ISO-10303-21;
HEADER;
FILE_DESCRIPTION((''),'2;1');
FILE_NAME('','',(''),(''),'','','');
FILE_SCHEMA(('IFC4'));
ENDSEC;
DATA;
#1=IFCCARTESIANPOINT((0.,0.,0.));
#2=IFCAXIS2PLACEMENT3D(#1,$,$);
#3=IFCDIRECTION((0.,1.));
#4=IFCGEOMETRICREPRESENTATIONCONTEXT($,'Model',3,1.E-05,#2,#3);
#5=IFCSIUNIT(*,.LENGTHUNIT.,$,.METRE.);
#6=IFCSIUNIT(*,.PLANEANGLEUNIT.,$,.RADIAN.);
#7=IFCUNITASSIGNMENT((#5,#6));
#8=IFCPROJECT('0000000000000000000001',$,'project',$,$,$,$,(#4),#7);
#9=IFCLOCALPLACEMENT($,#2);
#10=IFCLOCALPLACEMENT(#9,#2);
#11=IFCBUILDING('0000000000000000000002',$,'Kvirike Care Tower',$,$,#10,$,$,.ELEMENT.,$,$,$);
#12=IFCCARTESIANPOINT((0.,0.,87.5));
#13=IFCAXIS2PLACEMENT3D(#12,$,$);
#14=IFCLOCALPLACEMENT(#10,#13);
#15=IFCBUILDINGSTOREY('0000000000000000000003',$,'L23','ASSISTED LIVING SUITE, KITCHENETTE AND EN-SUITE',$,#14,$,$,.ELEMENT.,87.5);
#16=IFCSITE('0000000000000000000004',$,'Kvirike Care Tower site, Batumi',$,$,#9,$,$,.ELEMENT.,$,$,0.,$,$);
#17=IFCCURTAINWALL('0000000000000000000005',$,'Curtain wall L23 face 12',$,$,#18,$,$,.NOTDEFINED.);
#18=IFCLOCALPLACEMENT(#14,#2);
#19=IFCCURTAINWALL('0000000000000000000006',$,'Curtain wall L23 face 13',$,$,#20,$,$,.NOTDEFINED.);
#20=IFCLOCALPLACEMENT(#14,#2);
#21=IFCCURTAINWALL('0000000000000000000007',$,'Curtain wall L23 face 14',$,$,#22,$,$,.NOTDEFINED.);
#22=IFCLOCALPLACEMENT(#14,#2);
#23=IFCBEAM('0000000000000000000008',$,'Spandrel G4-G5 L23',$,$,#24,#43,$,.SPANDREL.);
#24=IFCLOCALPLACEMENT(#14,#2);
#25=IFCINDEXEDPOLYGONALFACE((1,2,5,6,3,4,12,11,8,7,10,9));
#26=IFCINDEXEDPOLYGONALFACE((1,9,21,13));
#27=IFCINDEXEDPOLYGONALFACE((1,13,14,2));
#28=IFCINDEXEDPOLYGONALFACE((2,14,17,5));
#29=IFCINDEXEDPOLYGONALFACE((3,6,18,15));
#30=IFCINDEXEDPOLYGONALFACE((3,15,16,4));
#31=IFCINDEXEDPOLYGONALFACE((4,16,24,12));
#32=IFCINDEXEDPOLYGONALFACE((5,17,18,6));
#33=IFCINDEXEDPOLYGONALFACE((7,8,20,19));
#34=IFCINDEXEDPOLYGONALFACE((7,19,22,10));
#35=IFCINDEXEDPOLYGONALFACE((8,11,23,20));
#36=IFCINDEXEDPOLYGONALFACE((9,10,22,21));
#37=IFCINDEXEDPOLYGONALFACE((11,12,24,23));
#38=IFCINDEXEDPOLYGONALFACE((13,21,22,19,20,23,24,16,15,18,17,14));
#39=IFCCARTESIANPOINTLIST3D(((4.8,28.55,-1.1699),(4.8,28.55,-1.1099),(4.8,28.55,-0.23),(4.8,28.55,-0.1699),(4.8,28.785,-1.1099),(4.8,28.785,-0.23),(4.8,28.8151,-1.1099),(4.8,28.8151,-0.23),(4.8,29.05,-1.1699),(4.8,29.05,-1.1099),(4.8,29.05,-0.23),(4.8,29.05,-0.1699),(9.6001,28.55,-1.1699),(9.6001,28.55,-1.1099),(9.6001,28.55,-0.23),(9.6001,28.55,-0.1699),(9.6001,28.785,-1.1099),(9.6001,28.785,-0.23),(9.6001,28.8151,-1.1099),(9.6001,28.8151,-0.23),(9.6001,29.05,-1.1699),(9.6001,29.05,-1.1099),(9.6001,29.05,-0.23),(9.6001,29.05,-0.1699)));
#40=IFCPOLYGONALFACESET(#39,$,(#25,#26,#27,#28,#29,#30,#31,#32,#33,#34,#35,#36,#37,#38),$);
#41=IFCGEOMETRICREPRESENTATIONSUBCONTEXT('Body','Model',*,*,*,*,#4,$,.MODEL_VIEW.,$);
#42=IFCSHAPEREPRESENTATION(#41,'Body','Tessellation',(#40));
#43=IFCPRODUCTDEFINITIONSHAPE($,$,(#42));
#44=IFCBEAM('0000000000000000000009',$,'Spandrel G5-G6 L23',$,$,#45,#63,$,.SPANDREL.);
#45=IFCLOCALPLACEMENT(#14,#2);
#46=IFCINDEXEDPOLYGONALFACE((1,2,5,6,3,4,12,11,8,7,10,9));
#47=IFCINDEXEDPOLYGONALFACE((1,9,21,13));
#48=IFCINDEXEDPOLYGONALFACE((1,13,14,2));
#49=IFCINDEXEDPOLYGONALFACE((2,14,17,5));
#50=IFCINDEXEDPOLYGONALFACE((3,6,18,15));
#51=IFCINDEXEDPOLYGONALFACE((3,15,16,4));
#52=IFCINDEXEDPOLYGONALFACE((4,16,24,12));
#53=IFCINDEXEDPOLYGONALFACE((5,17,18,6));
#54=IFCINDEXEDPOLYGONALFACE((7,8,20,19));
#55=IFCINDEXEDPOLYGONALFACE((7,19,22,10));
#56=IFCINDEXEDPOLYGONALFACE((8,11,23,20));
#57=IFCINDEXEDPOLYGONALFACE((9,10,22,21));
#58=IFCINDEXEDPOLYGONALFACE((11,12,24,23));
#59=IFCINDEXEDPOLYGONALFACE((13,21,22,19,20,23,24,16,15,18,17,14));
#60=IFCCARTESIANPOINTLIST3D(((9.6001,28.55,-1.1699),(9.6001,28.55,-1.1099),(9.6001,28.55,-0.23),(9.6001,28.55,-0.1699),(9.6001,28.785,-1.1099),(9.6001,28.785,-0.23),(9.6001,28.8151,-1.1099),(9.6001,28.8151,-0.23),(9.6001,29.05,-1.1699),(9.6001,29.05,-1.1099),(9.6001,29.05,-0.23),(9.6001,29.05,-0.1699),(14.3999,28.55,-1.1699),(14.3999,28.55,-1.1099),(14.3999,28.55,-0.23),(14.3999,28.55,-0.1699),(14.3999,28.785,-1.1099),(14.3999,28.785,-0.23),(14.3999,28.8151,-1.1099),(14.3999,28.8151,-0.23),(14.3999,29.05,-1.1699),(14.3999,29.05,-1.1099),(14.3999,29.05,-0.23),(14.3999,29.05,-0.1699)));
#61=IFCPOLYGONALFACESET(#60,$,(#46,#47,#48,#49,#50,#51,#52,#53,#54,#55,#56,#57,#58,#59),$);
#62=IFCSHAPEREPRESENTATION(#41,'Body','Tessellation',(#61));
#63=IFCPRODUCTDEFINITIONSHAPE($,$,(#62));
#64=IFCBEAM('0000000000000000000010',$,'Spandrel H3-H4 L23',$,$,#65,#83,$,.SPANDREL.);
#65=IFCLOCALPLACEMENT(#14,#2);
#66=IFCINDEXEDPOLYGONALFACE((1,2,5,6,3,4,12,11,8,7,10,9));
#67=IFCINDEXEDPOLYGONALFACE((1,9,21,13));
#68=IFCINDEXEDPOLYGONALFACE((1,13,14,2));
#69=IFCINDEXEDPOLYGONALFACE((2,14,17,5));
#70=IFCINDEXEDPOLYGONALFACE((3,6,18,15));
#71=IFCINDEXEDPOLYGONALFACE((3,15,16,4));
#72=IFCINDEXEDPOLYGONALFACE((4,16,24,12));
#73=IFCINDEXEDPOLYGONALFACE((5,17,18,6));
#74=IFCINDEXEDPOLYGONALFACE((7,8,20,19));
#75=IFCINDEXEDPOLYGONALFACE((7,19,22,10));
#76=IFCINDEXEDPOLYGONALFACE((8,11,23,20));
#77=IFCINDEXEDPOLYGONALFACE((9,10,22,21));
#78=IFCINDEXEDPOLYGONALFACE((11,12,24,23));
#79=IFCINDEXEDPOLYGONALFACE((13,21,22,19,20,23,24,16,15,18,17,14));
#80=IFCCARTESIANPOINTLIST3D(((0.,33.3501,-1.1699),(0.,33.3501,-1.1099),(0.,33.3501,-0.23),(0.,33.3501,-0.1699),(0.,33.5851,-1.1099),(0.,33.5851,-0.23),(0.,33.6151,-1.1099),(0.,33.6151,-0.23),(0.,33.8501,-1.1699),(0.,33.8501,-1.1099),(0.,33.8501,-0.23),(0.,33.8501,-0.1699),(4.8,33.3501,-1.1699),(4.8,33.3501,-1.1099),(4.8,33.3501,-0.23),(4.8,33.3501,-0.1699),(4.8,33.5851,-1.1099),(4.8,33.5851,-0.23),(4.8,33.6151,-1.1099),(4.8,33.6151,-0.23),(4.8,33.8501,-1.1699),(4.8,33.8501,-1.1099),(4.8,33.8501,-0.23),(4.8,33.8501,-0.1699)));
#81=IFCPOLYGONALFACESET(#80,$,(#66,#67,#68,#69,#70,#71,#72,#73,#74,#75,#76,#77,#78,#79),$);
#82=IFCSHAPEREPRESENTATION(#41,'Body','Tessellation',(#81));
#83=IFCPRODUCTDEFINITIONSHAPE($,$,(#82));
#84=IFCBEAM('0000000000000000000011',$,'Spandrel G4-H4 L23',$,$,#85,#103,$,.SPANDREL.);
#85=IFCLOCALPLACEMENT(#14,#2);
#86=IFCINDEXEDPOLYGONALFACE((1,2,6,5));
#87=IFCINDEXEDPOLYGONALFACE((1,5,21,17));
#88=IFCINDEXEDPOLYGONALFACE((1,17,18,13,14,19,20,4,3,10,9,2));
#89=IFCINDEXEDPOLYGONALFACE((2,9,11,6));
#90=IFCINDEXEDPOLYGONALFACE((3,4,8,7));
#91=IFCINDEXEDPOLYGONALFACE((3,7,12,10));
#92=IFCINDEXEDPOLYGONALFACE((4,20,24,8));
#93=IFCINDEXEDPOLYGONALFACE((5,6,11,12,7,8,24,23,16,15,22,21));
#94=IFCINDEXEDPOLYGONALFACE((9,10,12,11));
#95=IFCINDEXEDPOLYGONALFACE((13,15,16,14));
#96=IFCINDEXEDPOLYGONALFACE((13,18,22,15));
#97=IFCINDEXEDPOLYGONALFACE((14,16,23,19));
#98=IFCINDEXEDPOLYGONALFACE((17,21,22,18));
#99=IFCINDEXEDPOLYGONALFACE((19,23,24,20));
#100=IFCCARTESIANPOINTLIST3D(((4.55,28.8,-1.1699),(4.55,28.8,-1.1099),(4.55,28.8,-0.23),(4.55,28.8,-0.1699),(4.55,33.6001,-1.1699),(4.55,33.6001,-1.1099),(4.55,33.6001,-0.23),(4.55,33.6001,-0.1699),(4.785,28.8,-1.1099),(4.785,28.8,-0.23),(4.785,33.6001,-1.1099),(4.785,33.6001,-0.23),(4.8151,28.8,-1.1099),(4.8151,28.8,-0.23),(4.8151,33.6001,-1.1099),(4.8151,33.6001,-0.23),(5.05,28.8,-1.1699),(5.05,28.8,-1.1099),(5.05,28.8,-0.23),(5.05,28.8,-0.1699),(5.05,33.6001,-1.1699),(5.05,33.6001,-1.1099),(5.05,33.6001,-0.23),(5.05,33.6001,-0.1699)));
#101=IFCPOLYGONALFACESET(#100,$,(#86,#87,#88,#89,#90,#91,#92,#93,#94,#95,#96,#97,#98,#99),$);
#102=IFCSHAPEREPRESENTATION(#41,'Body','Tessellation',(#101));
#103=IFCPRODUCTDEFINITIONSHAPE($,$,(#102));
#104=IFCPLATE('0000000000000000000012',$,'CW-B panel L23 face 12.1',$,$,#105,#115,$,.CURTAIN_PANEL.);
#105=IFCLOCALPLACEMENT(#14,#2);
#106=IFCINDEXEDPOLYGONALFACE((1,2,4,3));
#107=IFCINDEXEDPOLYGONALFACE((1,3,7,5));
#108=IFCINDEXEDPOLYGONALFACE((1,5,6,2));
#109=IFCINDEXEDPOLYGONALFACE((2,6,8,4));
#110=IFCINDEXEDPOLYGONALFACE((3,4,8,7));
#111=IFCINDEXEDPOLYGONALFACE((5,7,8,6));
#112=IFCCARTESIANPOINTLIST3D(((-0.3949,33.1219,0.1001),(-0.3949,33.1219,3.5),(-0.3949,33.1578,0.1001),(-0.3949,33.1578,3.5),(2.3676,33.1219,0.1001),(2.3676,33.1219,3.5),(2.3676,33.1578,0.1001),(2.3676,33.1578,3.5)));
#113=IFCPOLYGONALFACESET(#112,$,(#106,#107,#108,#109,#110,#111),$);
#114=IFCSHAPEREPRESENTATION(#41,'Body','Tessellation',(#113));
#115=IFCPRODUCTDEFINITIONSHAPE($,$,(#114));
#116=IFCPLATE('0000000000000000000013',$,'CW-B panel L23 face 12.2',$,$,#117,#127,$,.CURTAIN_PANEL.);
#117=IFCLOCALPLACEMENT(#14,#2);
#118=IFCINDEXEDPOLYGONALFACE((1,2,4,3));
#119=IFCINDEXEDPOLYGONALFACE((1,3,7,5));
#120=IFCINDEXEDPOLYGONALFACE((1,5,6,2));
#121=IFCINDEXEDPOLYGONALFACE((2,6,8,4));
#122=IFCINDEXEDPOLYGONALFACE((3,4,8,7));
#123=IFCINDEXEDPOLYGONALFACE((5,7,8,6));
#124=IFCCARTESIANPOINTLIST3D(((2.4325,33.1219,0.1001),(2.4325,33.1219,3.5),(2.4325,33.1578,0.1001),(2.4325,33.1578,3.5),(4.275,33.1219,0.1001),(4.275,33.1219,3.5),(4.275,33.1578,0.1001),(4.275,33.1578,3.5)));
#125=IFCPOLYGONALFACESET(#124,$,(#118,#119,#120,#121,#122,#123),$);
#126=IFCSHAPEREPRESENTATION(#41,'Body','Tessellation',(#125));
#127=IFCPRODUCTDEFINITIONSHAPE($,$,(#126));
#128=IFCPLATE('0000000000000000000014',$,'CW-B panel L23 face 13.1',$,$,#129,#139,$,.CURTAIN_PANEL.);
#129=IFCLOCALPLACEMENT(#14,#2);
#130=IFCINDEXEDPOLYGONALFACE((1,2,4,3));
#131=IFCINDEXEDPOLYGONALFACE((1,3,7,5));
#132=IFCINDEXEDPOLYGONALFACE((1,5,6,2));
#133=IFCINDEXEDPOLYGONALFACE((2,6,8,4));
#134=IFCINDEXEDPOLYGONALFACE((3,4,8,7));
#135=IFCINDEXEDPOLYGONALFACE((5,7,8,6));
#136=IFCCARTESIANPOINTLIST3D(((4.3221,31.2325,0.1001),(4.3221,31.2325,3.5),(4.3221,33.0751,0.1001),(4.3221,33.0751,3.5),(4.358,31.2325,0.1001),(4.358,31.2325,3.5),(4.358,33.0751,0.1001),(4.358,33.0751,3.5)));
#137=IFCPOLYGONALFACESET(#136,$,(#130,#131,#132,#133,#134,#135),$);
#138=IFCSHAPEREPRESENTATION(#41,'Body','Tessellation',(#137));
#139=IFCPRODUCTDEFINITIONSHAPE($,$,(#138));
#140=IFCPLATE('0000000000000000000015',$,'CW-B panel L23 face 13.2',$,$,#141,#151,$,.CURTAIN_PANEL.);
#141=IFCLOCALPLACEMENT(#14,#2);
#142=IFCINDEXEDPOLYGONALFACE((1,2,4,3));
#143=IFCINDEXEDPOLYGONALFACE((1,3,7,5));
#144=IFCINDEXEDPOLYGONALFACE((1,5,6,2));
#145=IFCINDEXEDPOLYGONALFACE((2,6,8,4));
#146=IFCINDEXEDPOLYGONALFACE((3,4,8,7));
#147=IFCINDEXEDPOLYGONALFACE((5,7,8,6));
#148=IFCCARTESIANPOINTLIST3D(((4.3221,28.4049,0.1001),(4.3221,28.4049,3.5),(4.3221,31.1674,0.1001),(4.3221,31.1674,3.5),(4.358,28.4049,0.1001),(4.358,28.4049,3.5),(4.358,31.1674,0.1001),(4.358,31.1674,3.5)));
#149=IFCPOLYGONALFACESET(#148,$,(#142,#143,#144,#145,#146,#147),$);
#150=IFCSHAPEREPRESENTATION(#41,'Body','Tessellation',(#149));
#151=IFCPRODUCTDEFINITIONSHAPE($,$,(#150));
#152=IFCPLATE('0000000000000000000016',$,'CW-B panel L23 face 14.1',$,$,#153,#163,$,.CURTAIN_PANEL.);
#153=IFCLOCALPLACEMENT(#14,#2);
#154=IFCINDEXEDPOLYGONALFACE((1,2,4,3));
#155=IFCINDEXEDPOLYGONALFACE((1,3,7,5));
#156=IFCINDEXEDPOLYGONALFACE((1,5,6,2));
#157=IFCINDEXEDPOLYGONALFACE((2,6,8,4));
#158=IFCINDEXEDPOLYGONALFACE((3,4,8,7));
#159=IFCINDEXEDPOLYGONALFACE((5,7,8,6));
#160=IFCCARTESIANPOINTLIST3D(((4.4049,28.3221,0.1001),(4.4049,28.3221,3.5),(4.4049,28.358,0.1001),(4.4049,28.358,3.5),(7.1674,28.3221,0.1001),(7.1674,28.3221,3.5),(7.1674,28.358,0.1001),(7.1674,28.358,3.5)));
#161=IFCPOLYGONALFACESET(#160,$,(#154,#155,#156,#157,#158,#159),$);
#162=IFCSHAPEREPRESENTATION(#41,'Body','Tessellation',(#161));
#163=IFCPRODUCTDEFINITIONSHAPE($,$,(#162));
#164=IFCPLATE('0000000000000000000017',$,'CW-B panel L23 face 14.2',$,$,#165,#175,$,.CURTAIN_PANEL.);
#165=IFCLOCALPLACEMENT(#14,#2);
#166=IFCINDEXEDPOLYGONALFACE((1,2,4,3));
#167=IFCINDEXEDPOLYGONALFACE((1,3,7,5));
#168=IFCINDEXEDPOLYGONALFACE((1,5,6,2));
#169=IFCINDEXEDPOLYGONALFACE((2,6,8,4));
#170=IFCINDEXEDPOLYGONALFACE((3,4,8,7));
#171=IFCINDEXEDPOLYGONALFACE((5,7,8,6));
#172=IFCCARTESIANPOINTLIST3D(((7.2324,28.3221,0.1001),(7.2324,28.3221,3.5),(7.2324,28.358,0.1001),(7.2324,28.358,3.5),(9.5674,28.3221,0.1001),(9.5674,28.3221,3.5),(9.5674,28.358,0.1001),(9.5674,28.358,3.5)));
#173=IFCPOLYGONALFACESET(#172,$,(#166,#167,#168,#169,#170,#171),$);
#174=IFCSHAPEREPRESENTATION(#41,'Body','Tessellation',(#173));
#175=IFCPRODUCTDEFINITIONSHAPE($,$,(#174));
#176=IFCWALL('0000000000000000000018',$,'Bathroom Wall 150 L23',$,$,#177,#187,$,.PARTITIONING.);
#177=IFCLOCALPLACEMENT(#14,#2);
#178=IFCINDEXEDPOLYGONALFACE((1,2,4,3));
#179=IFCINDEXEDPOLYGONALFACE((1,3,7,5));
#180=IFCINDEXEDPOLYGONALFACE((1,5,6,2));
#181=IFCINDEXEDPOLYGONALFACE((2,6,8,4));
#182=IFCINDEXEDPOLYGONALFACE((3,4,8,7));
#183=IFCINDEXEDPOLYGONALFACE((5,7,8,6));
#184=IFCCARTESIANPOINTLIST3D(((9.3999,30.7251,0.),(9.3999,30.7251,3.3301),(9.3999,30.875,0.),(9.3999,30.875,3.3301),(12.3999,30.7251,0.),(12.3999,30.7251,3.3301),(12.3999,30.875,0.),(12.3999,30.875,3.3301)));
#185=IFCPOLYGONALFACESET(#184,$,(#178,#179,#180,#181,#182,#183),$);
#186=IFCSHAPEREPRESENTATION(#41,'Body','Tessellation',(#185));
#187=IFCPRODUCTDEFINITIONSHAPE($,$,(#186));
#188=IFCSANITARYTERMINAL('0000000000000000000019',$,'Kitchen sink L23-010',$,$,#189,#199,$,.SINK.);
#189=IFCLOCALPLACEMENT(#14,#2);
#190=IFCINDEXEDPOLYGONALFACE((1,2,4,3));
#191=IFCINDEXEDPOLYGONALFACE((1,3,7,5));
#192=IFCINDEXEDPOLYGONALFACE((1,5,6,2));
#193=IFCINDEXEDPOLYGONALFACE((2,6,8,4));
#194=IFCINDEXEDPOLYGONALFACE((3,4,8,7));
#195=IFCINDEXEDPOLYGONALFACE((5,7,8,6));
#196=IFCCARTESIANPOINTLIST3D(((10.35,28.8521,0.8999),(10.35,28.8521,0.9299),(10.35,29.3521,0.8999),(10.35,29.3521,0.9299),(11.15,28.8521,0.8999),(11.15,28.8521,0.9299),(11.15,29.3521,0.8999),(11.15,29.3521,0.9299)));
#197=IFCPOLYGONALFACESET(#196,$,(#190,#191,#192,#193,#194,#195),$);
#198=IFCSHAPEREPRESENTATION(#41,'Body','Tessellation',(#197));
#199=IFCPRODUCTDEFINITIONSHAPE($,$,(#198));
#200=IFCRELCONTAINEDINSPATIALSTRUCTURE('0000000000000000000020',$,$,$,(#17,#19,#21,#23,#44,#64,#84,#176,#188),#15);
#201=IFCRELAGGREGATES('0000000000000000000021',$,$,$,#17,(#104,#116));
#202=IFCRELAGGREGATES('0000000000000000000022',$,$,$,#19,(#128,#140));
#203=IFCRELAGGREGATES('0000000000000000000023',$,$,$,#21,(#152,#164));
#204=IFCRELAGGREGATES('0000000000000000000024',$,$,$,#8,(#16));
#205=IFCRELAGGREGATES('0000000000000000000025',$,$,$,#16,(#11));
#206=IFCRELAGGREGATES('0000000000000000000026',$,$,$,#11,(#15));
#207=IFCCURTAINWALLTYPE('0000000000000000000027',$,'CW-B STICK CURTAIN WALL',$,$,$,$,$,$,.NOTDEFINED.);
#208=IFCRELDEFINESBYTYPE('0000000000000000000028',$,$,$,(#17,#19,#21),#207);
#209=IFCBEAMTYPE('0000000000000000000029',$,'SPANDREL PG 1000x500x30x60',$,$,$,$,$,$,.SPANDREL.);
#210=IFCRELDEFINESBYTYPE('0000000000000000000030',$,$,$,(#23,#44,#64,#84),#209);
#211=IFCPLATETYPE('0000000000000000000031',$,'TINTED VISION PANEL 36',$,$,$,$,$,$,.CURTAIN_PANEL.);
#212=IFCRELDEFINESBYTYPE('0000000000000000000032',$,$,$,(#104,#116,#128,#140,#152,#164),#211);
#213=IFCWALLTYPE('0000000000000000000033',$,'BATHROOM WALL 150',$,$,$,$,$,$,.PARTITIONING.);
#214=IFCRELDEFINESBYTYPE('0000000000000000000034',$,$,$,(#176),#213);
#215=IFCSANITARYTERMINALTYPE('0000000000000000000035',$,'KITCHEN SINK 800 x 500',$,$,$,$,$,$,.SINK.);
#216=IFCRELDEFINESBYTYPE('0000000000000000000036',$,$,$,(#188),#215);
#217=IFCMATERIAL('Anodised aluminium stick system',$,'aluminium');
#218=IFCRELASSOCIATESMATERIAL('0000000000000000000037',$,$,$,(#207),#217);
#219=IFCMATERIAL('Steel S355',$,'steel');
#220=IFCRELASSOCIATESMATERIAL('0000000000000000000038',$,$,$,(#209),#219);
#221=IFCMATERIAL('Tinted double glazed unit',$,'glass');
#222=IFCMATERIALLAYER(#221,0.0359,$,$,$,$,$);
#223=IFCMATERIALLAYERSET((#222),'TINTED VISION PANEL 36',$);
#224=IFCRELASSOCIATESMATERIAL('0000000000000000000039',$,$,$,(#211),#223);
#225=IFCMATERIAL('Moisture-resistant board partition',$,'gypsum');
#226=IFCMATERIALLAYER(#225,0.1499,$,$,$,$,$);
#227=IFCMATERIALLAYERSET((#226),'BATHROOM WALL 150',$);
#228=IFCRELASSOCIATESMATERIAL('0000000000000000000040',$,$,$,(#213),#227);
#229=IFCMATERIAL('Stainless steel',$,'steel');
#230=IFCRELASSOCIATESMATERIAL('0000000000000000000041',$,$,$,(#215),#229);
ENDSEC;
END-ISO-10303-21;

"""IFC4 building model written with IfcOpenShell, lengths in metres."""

from ifc_helpers import new_model, si_unit, direction, frame, frame_2d, origin, origin_2d, place, context, subcontext, project, spatial, rectangle, i_section, extrude, material, layer, layer_set, material_profile, profile_set, type_object, element, aggregate, save


model = new_model("IFC4")

# Units and contexts
model_context = context("Model", 3, precision=1e-05, world=origin(), true_north=direction((0.0, 1.0)))
body_context = subcontext(model_context, "Body", "Model", "MODEL_VIEW")
ifc_project = project(units=[si_unit("LENGTHUNIT", "METRE"), si_unit("PLANEANGLEUNIT", "RADIAN")], contexts=[model_context])

# Site, building, storey
site_placement = place(None, origin())
site = spatial("IfcSite", under=ifc_project, at=site_placement, Name="Kvirike Care Tower site, Batumi", CompositionType="ELEMENT", RefElevation=0.0)
building_placement = place(site_placement, origin())
building = spatial("IfcBuilding", under=site, at=building_placement, Name="Kvirike Care Tower", CompositionType="ELEMENT")
storey_placement = place(building_placement, frame((0.0, 0.0, 87.5)))
storey = spatial("IfcBuildingStorey", under=building, at=storey_placement, Name="L23", Description="ASSISTED LIVING SUITE, KITCHENETTE AND EN-SUITE", CompositionType="ELEMENT", Elevation=87.5)

# Curtain walls
ifc_material_1 = material(Name="Anodised aluminium stick system", Category="aluminium")
curtain_wall_type = type_object("IfcCurtainWallType", Name="CW-B STICK CURTAIN WALL", PredefinedType="NOTDEFINED", material=ifc_material_1)
curtain_wall_1_placement = place(storey_placement, origin())
curtain_wall_1 = element("IfcCurtainWall", 1, at=curtain_wall_1_placement, inside=storey, type_object=curtain_wall_type, Name="Curtain wall L23 face 12", PredefinedType="NOTDEFINED")
curtain_wall_2_placement = place(storey_placement, origin())
curtain_wall_2 = element("IfcCurtainWall", 2, at=curtain_wall_2_placement, inside=storey, type_object=curtain_wall_type, Name="Curtain wall L23 face 13", PredefinedType="NOTDEFINED")
curtain_wall_3_placement = place(storey_placement, origin())
curtain_wall_3 = element("IfcCurtainWall", 3, at=curtain_wall_3_placement, inside=storey, type_object=curtain_wall_type, Name="Curtain wall L23 face 14", PredefinedType="NOTDEFINED")

# Beams
ifc_material_2 = material(Name="Steel S355", Category="steel")
ifc_material_profile_1 = material_profile(ifc_material_2, i_section(OverallWidth=0.5, OverallDepth=1.0, WebThickness=0.03, FlangeThickness=0.0601, at=origin_2d()), Name="PG 1000x500x30x60")
ifc_profile_set_1 = profile_set([ifc_material_profile_1], Name="Steel S355")
beam_type_1 = type_object("IfcBeamType", Name="SPANDREL PG 1000x500x30x60", PredefinedType="SPANDREL", material=ifc_profile_set_1)
beam_1_placement = place(storey_placement, frame((4.8, 28.8, -0.6699), z_axis=(1.0, 0.0, 0.0), x_axis=(0.0, 1.0, 0.0)))
element("IfcBeam", 4, at=beam_1_placement, inside=storey, type_object=beam_type_1, Name="Spandrel G4-G5 L23", PredefinedType="SPANDREL", context=body_context, shape_type="SweptSolid", body=[
    extrude(i_section(OverallWidth=0.5, OverallDepth=1.0, WebThickness=0.03, FlangeThickness=0.0601, at=origin_2d()), origin(), (0.0, 0.0, 1.0), 4.8),
])
beam_2_placement = place(storey_placement, frame((9.6001, 28.8, -0.6699), z_axis=(1.0, 0.0, 0.0), x_axis=(0.0, 1.0, 0.0)))
element("IfcBeam", 5, at=beam_2_placement, inside=storey, type_object=beam_type_1, Name="Spandrel G5-G6 L23", PredefinedType="SPANDREL", context=body_context, shape_type="SweptSolid", body=[
    extrude(i_section(OverallWidth=0.5, OverallDepth=1.0, WebThickness=0.03, FlangeThickness=0.0601, at=origin_2d()), origin(), (0.0, 0.0, 1.0), 4.7998),
])
for number, where, z_axis, x_axis, name in (
    (6, (0.0, 33.6001, -0.6699), (1.0, 0.0, 0.0), (0.0, 1.0, 0.0), "Spandrel H3-H4 L23"),
    (7, (4.8, 28.8, -0.6699), (0.0, 1.0, 0.0), (-1.0, 0.0, 0.0), "Spandrel G4-H4 L23"),
):
    element("IfcBeam", number, at=place(storey_placement, frame(where, z_axis=z_axis, x_axis=x_axis)), inside=storey, type_object=beam_type_1, Name=name, PredefinedType="SPANDREL", context=body_context, shape_type="SweptSolid", body=[
        extrude(i_section(OverallWidth=0.5, OverallDepth=1.0, WebThickness=0.03, FlangeThickness=0.0601, at=origin_2d()), origin(), (0.0, 0.0, 1.0), 4.8),
    ])

# Plates
ifc_material_3 = material(Name="Tinted double glazed unit", Category="glass")
ifc_layer_1 = layer(ifc_material_3, 0.0359)
ifc_layer_set_1 = layer_set([ifc_layer_1], Name="TINTED VISION PANEL 36")
plate_type = type_object("IfcPlateType", Name="TINTED VISION PANEL 36", PredefinedType="CURTAIN_PANEL", material=ifc_layer_set_1)
plate_1_placement = place(storey_placement, frame((0.9863, 33.1399, 0.1001), z_axis=(0.0, 0.0, 1.0), x_axis=(1.0, 0.0, 0.0)))
plate_1 = element("IfcPlate", 8, at=plate_1_placement, type_object=plate_type, Name="CW-B panel L23 face 12.1", PredefinedType="CURTAIN_PANEL", context=body_context, shape_type="SweptSolid", body=[
    extrude(rectangle(XDim=2.7625, YDim=0.0359, at=origin_2d()), origin(), (0.0, 0.0, 1.0), 3.3999),
])
plate_2_placement = place(storey_placement, frame((3.3538, 33.1399, 0.1001), z_axis=(0.0, 0.0, 1.0), x_axis=(1.0, 0.0, 0.0)))
plate_2 = element("IfcPlate", 9, at=plate_2_placement, type_object=plate_type, Name="CW-B panel L23 face 12.2", PredefinedType="CURTAIN_PANEL", context=body_context, shape_type="SweptSolid", body=[
    extrude(rectangle(XDim=1.8425, YDim=0.0359, at=origin_2d()), origin(), (0.0, 0.0, 1.0), 3.3999),
])
aggregate(curtain_wall_1, [plate_1, plate_2])
plate_3_placement = place(storey_placement, frame((4.3401, 32.1538, 0.1001), z_axis=(0.0, 0.0, 1.0), x_axis=(0.0, -1.0, 0.0)))
plate_3 = element("IfcPlate", 10, at=plate_3_placement, type_object=plate_type, Name="CW-B panel L23 face 13.1", PredefinedType="CURTAIN_PANEL", context=body_context, shape_type="SweptSolid", body=[
    extrude(rectangle(XDim=1.8425, YDim=0.0359, at=origin_2d()), origin(), (0.0, 0.0, 1.0), 3.3999),
])
plate_4_placement = place(storey_placement, frame((4.3401, 29.7861, 0.1001), z_axis=(0.0, 0.0, 1.0), x_axis=(0.0, -1.0, 0.0)))
plate_4 = element("IfcPlate", 11, at=plate_4_placement, type_object=plate_type, Name="CW-B panel L23 face 13.2", PredefinedType="CURTAIN_PANEL", context=body_context, shape_type="SweptSolid", body=[
    extrude(rectangle(XDim=2.7625, YDim=0.0359, at=origin_2d()), origin(), (0.0, 0.0, 1.0), 3.3999),
])
aggregate(curtain_wall_2, [plate_3, plate_4])
plate_5_placement = place(storey_placement, frame((5.7861, 28.3401, 0.1001), z_axis=(0.0, 0.0, 1.0), x_axis=(1.0, 0.0, 0.0)))
plate_5 = element("IfcPlate", 12, at=plate_5_placement, type_object=plate_type, Name="CW-B panel L23 face 14.1", PredefinedType="CURTAIN_PANEL", context=body_context, shape_type="SweptSolid", body=[
    extrude(rectangle(XDim=2.7625, YDim=0.0359, at=origin_2d()), origin(), (0.0, 0.0, 1.0), 3.3999),
])
plate_6_placement = place(storey_placement, frame((8.3999, 28.3401, 0.1001), z_axis=(0.0, 0.0, 1.0), x_axis=(1.0, 0.0, 0.0)))
plate_6 = element("IfcPlate", 13, at=plate_6_placement, type_object=plate_type, Name="CW-B panel L23 face 14.2", PredefinedType="CURTAIN_PANEL", context=body_context, shape_type="SweptSolid", body=[
    extrude(rectangle(XDim=2.335, YDim=0.0359, at=origin_2d()), origin(), (0.0, 0.0, 1.0), 3.3999),
])
aggregate(curtain_wall_3, [plate_5, plate_6])

# Wall
ifc_material_4 = material(Name="Moisture-resistant board partition", Category="gypsum")
ifc_layer_2 = layer(ifc_material_4, 0.1499)
ifc_layer_set_2 = layer_set([ifc_layer_2], Name="BATHROOM WALL 150")
wall_type = type_object("IfcWallType", Name="BATHROOM WALL 150", PredefinedType="PARTITIONING", material=ifc_layer_set_2)
wall_placement = place(storey_placement, frame((9.3999, 30.8, 0.0), z_axis=(0.0, 0.0, 1.0), x_axis=(1.0, 0.0, 0.0)))
element("IfcWall", 14, at=wall_placement, inside=storey, type_object=wall_type, Name="Bathroom Wall 150 L23", PredefinedType="PARTITIONING", context=body_context, shape_type="SweptSolid", body=[
    extrude(rectangle(XDim=3.0, YDim=0.1499, at=frame_2d((1.5, 0.0))), origin(), (0.0, 0.0, 1.0), 3.3301),
])

# Sanitary terminal
ifc_material_5 = material(Name="Stainless steel", Category="steel")
sanitary_terminal_type_1 = type_object("IfcSanitaryTerminalType", Name="KITCHEN SINK 800 x 500", PredefinedType="SINK", material=ifc_material_5)
sanitary_terminal_1_placement = place(storey_placement, frame((10.75, 29.1021, 0.8999), z_axis=(0.0, 0.0, 1.0), x_axis=(-1.0, 0.0, 0.0)))
element("IfcSanitaryTerminal", 15, at=sanitary_terminal_1_placement, inside=storey, type_object=sanitary_terminal_type_1, Name="Kitchen sink L23-010", PredefinedType="SINK", context=body_context, shape_type="SweptSolid", body=[
    extrude(rectangle(XDim=0.8, YDim=0.5, at=origin_2d()), origin(), (0.0, 0.0, 1.0), 0.03),
])

save(model, "model.ifc")
